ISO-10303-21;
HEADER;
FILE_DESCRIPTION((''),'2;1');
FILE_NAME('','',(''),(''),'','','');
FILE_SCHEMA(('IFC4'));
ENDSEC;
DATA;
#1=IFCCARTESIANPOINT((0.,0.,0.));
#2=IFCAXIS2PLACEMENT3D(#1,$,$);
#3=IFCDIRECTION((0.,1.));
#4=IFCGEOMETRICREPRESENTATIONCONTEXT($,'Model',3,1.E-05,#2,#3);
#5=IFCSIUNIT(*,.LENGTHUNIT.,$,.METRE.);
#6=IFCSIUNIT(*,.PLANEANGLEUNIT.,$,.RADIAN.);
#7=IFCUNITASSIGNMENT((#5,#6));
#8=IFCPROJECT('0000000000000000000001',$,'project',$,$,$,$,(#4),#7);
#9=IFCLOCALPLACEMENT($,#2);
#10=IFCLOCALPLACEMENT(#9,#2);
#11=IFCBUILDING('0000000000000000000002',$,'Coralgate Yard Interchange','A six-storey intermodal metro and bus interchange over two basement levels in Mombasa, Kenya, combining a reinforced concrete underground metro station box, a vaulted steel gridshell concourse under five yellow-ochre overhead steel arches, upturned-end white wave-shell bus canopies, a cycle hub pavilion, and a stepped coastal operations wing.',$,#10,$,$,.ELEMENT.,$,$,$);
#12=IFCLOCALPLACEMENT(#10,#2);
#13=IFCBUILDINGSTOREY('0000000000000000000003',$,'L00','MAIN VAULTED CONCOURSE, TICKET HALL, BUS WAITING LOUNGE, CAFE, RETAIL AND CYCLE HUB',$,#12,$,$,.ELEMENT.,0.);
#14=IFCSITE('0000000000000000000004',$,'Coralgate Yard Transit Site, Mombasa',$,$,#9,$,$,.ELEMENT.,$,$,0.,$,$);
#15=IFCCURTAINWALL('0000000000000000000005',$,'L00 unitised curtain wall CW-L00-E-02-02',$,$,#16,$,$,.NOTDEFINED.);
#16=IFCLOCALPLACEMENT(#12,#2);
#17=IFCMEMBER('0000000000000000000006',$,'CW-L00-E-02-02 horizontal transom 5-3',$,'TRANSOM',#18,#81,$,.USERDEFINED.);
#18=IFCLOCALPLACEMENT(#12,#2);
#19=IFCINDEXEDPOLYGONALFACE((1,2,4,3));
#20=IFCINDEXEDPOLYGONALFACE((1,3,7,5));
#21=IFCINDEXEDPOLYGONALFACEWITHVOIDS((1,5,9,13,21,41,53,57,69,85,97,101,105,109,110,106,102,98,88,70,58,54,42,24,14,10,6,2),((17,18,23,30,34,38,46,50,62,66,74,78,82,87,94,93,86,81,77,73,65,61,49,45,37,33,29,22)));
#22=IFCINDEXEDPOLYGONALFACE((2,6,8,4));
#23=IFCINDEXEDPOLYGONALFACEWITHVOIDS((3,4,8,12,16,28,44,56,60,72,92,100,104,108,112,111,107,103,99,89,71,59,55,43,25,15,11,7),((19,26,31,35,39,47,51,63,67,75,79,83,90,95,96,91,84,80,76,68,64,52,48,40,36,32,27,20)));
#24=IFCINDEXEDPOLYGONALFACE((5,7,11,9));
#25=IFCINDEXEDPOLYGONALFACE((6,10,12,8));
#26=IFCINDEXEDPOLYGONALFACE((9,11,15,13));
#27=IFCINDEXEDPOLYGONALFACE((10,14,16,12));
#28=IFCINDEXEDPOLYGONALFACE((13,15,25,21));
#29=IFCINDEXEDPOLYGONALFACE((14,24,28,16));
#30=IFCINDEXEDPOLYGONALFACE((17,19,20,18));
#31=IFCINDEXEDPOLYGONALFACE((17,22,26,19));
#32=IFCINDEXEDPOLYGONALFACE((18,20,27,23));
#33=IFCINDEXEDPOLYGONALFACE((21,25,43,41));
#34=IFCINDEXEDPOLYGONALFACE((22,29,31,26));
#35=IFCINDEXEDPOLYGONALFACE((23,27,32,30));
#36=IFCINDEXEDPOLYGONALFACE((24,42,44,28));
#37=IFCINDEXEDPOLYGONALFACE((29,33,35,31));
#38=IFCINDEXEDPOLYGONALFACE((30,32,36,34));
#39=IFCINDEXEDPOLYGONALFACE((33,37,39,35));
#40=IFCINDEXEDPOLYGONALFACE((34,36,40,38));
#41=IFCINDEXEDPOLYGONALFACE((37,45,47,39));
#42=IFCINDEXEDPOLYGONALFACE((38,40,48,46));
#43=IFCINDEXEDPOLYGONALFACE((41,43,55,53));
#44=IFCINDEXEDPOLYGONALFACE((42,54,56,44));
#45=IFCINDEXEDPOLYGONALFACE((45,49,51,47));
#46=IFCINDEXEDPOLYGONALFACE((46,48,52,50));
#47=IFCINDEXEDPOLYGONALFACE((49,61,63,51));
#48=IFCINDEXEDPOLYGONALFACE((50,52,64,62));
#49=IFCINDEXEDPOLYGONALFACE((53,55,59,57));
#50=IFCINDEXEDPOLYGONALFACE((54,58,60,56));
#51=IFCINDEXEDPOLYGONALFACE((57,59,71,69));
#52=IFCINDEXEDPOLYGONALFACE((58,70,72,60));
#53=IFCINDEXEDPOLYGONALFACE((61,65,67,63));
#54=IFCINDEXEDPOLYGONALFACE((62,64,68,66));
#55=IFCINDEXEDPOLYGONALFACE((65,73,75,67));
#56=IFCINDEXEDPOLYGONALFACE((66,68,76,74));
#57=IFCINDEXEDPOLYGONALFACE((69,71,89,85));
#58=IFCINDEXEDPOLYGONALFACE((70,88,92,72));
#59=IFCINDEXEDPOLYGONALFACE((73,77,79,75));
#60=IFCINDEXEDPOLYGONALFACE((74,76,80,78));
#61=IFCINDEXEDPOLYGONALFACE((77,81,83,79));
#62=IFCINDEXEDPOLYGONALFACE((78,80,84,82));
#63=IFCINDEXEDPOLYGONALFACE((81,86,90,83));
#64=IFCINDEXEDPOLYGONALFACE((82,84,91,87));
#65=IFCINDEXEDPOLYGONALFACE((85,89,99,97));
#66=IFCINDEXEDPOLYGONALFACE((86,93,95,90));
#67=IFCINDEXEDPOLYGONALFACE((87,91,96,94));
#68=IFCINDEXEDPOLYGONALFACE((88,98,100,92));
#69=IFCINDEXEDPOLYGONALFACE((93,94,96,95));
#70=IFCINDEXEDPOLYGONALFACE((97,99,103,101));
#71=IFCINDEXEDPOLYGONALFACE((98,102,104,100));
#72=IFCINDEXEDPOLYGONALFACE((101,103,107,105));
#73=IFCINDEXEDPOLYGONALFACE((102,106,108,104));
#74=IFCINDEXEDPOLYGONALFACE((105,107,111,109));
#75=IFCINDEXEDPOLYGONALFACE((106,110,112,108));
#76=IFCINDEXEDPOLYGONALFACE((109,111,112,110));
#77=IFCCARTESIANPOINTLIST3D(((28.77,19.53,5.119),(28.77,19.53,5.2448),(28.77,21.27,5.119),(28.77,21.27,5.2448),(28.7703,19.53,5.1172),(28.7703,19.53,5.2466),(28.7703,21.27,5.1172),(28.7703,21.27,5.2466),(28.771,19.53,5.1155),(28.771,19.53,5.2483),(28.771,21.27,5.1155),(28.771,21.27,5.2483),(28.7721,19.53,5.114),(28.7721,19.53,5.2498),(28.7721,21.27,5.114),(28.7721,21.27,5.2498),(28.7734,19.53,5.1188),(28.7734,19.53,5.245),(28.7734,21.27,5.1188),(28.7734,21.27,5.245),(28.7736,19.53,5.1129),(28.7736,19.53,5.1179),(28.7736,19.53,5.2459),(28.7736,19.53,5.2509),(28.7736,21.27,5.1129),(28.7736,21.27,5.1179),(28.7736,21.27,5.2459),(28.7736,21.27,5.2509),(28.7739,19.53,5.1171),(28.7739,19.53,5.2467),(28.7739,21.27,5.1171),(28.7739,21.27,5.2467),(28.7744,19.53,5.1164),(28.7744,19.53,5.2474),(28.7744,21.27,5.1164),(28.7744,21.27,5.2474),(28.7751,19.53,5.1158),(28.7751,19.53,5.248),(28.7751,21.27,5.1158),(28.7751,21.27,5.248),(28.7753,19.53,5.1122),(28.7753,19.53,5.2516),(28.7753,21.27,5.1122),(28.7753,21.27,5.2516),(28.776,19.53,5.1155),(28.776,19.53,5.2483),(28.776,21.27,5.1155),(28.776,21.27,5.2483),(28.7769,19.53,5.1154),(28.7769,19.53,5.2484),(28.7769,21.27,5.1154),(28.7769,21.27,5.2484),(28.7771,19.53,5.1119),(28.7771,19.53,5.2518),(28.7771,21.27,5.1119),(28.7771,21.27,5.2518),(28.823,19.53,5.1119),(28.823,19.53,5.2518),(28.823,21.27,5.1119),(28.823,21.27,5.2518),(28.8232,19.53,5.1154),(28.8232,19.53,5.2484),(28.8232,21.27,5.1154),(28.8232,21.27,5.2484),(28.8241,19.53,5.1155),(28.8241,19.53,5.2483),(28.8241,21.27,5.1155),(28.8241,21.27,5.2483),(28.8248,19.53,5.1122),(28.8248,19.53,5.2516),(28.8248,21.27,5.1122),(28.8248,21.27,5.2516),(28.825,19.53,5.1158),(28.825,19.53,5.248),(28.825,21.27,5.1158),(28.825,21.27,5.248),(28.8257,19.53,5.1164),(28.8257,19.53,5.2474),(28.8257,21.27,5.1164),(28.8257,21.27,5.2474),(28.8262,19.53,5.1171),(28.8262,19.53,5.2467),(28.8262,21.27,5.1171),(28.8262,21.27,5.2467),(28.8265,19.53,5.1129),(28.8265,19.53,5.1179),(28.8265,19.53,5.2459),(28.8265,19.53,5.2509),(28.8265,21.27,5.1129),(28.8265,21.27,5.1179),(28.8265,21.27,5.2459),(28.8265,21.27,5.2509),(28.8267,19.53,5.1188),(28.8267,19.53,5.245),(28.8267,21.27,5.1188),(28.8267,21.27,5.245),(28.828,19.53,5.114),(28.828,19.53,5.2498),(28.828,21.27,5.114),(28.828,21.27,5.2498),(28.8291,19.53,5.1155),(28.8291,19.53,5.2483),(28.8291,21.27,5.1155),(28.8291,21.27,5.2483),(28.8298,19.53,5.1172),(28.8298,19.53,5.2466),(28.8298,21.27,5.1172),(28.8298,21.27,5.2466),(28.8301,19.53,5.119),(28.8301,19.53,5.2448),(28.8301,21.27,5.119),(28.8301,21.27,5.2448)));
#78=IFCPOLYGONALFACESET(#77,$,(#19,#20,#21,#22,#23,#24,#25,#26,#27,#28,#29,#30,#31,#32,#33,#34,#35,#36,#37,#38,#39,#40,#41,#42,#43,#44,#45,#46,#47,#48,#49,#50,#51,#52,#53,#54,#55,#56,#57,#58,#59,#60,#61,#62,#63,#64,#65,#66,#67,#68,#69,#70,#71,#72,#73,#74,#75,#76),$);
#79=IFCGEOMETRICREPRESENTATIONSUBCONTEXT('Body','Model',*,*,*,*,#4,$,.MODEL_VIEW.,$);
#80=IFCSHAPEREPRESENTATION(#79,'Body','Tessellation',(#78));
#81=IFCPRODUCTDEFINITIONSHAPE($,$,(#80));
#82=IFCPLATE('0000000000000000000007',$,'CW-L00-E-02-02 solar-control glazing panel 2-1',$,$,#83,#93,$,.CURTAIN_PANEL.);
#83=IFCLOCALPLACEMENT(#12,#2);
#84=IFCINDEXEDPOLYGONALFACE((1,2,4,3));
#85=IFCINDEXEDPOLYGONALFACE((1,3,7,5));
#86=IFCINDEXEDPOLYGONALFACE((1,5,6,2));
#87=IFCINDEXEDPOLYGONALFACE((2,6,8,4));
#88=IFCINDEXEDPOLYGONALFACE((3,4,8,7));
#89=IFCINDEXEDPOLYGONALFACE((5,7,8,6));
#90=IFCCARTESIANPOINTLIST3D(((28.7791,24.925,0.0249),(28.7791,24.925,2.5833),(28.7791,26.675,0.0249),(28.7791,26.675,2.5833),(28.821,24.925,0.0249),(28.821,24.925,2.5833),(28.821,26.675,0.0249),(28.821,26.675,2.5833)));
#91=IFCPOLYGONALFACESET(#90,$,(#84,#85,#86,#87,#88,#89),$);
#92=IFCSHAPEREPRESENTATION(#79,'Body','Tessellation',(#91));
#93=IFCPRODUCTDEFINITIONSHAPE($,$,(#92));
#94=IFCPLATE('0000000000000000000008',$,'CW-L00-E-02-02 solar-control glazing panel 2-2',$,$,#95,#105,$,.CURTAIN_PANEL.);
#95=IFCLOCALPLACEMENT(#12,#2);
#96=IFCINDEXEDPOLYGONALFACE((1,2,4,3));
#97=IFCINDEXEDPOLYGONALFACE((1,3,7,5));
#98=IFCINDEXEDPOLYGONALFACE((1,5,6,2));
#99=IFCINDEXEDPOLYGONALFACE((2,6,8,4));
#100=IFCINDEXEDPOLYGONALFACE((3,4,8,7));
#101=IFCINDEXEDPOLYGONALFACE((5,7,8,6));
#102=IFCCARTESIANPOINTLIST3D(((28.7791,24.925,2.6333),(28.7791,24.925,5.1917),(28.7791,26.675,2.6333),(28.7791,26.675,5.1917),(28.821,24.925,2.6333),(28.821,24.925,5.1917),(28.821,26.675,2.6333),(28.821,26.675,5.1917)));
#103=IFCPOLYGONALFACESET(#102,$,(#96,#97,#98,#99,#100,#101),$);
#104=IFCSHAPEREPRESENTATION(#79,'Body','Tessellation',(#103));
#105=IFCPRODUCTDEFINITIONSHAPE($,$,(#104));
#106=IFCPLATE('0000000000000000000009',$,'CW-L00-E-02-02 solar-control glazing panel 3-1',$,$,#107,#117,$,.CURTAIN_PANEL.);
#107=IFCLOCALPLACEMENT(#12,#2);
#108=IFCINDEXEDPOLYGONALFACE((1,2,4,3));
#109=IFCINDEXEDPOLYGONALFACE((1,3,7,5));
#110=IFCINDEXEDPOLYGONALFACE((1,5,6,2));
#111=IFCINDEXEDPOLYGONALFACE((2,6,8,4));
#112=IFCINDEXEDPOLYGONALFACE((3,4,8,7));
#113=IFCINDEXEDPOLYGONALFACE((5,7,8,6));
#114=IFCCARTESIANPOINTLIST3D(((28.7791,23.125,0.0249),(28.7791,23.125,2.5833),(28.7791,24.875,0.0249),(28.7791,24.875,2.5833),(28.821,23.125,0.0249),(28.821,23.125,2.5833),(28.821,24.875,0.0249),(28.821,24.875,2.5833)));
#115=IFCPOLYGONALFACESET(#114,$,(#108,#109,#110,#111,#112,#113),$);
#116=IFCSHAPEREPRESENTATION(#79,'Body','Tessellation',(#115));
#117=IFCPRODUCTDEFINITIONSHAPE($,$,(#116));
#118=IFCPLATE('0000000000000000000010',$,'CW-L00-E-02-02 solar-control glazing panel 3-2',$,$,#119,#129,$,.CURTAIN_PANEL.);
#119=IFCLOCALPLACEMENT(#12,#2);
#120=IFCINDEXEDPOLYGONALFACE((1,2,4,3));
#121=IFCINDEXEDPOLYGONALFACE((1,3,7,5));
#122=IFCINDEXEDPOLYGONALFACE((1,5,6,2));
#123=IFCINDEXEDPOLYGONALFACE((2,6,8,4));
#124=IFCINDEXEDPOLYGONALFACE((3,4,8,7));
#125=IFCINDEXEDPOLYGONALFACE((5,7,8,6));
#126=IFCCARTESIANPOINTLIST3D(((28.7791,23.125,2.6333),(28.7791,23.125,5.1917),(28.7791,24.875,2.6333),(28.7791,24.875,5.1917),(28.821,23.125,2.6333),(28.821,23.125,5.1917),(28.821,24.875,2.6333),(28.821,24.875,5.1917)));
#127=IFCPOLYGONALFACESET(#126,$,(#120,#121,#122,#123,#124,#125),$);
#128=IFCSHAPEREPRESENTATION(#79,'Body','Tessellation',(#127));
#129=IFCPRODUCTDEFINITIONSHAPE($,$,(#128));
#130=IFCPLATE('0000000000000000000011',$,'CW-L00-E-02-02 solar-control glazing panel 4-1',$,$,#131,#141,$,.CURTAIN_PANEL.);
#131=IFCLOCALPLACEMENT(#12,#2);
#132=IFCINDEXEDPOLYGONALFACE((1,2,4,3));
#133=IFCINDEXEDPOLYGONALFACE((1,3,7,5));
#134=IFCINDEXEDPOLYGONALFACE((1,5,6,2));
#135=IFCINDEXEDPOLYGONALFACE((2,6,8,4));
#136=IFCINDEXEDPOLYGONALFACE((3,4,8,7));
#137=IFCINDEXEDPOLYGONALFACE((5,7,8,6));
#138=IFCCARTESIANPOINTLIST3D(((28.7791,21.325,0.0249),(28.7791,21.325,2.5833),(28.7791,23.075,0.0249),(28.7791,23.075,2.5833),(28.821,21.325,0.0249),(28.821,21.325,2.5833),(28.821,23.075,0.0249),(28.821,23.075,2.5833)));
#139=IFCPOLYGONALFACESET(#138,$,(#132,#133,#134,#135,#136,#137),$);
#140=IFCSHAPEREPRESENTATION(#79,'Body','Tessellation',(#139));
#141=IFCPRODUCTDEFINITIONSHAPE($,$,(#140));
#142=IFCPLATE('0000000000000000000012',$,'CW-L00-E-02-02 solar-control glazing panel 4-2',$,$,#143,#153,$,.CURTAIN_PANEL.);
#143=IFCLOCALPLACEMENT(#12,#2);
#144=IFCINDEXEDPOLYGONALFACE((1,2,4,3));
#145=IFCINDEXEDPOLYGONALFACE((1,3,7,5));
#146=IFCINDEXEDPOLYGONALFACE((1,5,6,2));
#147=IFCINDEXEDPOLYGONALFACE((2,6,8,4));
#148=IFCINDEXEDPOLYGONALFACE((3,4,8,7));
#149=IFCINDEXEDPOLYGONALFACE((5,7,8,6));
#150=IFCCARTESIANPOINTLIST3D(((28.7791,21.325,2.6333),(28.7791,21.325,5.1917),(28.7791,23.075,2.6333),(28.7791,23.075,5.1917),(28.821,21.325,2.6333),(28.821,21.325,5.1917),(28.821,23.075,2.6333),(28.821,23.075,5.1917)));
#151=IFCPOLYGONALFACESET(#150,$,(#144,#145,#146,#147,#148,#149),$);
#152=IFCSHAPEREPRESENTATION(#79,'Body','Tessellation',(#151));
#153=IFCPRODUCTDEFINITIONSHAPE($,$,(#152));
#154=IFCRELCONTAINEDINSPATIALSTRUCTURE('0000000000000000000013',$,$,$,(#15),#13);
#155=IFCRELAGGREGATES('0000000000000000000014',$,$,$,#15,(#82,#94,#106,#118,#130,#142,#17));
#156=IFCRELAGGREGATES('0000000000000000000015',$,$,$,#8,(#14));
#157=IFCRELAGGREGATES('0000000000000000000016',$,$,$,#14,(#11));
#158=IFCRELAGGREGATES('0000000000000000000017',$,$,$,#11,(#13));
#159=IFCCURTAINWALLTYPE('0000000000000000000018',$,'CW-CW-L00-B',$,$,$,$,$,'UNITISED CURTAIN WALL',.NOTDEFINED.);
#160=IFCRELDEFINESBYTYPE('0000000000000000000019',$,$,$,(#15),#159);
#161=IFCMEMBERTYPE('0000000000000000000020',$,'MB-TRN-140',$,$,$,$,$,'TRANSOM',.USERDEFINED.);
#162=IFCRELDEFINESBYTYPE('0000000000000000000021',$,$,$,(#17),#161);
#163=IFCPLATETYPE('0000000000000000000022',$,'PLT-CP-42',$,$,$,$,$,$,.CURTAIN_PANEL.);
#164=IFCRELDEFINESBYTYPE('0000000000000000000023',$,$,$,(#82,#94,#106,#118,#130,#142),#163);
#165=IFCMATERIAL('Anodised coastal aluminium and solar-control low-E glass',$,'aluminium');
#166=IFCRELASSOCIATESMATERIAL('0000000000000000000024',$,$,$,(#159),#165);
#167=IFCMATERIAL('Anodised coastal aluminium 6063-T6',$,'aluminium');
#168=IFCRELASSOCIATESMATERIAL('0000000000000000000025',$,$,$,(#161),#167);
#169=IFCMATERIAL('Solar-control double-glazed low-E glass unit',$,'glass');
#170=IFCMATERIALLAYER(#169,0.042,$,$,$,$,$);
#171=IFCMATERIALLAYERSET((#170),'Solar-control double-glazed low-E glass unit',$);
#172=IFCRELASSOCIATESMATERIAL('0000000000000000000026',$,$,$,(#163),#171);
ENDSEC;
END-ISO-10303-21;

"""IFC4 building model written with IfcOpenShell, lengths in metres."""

from ifc_helpers import new_model, si_unit, direction, frame, origin, origin_2d, place, context, subcontext, project, spatial, rectangle, hollow_rectangle, extrude, material, layer, layer_set, material_profile, profile_set, type_object, element, aggregate, save


model = new_model("IFC4")

# Units and contexts
model_context = context("Model", 3, precision=1e-05, world=origin(), true_north=direction((0.0, 1.0)))
body_context = subcontext(model_context, "Body", "Model", "MODEL_VIEW")
ifc_project = project(units=[si_unit("LENGTHUNIT", "METRE"), si_unit("PLANEANGLEUNIT", "RADIAN")], contexts=[model_context])

# Site, building, storey
site_placement = place(None, origin())
site = spatial("IfcSite", under=ifc_project, at=site_placement, Name="Coralgate Yard Transit Site, Mombasa", CompositionType="ELEMENT", RefElevation=0.0)
building_placement = place(site_placement, origin())
building = spatial("IfcBuilding", under=site, at=building_placement, Name="Coralgate Yard Interchange", Description="A six-storey intermodal metro and bus interchange over two basement levels in Mombasa, Kenya, combining a reinforced concrete underground metro station box, a vaulted steel gridshell concourse under five yellow-ochre overhead steel arches, upturned-end white wave-shell bus canopies, a cycle hub pavilion, and a stepped coastal operations wing.", CompositionType="ELEMENT")
storey_placement = place(building_placement, origin())
storey = spatial("IfcBuildingStorey", under=building, at=storey_placement, Name="L00", Description="MAIN VAULTED CONCOURSE, TICKET HALL, BUS WAITING LOUNGE, CAFE, RETAIL AND CYCLE HUB", CompositionType="ELEMENT", Elevation=0.0)

# Curtain wall, member, plates
ifc_material_1 = material(Name="Anodised coastal aluminium and solar-control low-E glass", Category="aluminium")
curtain_wall_type = type_object("IfcCurtainWallType", Name="CW-CW-L00-B", ElementType="UNITISED CURTAIN WALL", PredefinedType="NOTDEFINED", material=ifc_material_1)
curtain_wall_placement = place(storey_placement, origin())
curtain_wall = element("IfcCurtainWall", 1, at=curtain_wall_placement, inside=storey, type_object=curtain_wall_type, Name="L00 unitised curtain wall CW-L00-E-02-02", PredefinedType="NOTDEFINED")
ifc_material_2 = material(Name="Anodised coastal aluminium 6063-T6", Category="aluminium")
ifc_material_profile_1 = material_profile(ifc_material_2, hollow_rectangle(XDim=0.0601, YDim=0.1399, WallThickness=0.0034, InnerFilletRadius=0.0034, OuterFilletRadius=0.0071, at=origin_2d()), Name="ALU 60x140x3.5")
ifc_profile_set_1 = profile_set([ifc_material_profile_1], Name="Anodised coastal aluminium 6063-T6")
member_type_1 = type_object("IfcMemberType", Name="MB-TRN-140", ElementType="TRANSOM", PredefinedType="USERDEFINED", material=ifc_profile_set_1)
member_1_placement = place(storey_placement, frame((28.8, 21.27, 5.1819), z_axis=(0.0, -1.0, 0.0), x_axis=(1.0, 0.0, 0.0)))
member_1 = element("IfcMember", 2, at=member_1_placement, type_object=member_type_1, Name="CW-L00-E-02-02 horizontal transom 5-3", ObjectType="TRANSOM", PredefinedType="USERDEFINED", context=body_context, shape_type="SweptSolid", body=[
    extrude(hollow_rectangle(XDim=0.0601, YDim=0.1399, WallThickness=0.0034, InnerFilletRadius=0.0034, OuterFilletRadius=0.0071, at=origin_2d()), origin(), (0.0, 0.0, 1.0), 1.74),
])
ifc_material_3 = material(Name="Solar-control double-glazed low-E glass unit", Category="glass")
ifc_layer = layer(ifc_material_3, 0.042)
ifc_layer_set = layer_set([ifc_layer], Name="Solar-control double-glazed low-E glass unit")
plate_type = type_object("IfcPlateType", Name="PLT-CP-42", PredefinedType="CURTAIN_PANEL", material=ifc_layer_set)
plate_1_placement = place(storey_placement, frame((28.8, 25.8, 0.0249), z_axis=(0.0, 0.0, 1.0), x_axis=(0.0, -1.0, 0.0)))
plate_1 = element("IfcPlate", 3, at=plate_1_placement, type_object=plate_type, Name="CW-L00-E-02-02 solar-control glazing panel 2-1", PredefinedType="CURTAIN_PANEL", context=body_context, shape_type="SweptSolid", body=[
    extrude(rectangle(XDim=1.75, YDim=0.042, at=origin_2d()), origin(), (0.0, 0.0, 1.0), 2.5583),
])
plate_2_placement = place(storey_placement, frame((28.8, 25.8, 2.6333), z_axis=(0.0, 0.0, 1.0), x_axis=(0.0, -1.0, 0.0)))
plate_2 = element("IfcPlate", 4, at=plate_2_placement, type_object=plate_type, Name="CW-L00-E-02-02 solar-control glazing panel 2-2", PredefinedType="CURTAIN_PANEL", context=body_context, shape_type="SweptSolid", body=[
    extrude(rectangle(XDim=1.75, YDim=0.042, at=origin_2d()), origin(), (0.0, 0.0, 1.0), 2.5583),
])
plate_3_placement = place(storey_placement, frame((28.8, 24.0, 0.0249), z_axis=(0.0, 0.0, 1.0), x_axis=(0.0, -1.0, 0.0)))
plate_3 = element("IfcPlate", 5, at=plate_3_placement, type_object=plate_type, Name="CW-L00-E-02-02 solar-control glazing panel 3-1", PredefinedType="CURTAIN_PANEL", context=body_context, shape_type="SweptSolid", body=[
    extrude(rectangle(XDim=1.75, YDim=0.042, at=origin_2d()), origin(), (0.0, 0.0, 1.0), 2.5583),
])
plate_4_placement = place(storey_placement, frame((28.8, 24.0, 2.6333), z_axis=(0.0, 0.0, 1.0), x_axis=(0.0, -1.0, 0.0)))
plate_4 = element("IfcPlate", 6, at=plate_4_placement, type_object=plate_type, Name="CW-L00-E-02-02 solar-control glazing panel 3-2", PredefinedType="CURTAIN_PANEL", context=body_context, shape_type="SweptSolid", body=[
    extrude(rectangle(XDim=1.75, YDim=0.042, at=origin_2d()), origin(), (0.0, 0.0, 1.0), 2.5583),
])
plate_5_placement = place(storey_placement, frame((28.8, 22.2, 0.0249), z_axis=(0.0, 0.0, 1.0), x_axis=(0.0, -1.0, 0.0)))
plate_5 = element("IfcPlate", 7, at=plate_5_placement, type_object=plate_type, Name="CW-L00-E-02-02 solar-control glazing panel 4-1", PredefinedType="CURTAIN_PANEL", context=body_context, shape_type="SweptSolid", body=[
    extrude(rectangle(XDim=1.75, YDim=0.042, at=origin_2d()), origin(), (0.0, 0.0, 1.0), 2.5583),
])
plate_6_placement = place(storey_placement, frame((28.8, 22.2, 2.6333), z_axis=(0.0, 0.0, 1.0), x_axis=(0.0, -1.0, 0.0)))
plate_6 = element("IfcPlate", 8, at=plate_6_placement, type_object=plate_type, Name="CW-L00-E-02-02 solar-control glazing panel 4-2", PredefinedType="CURTAIN_PANEL", context=body_context, shape_type="SweptSolid", body=[
    extrude(rectangle(XDim=1.75, YDim=0.042, at=origin_2d()), origin(), (0.0, 0.0, 1.0), 2.5583),
])
aggregate(curtain_wall, [plate_1, plate_2, plate_3, plate_4, plate_5, plate_6, member_1])

save(model, "model.ifc")
